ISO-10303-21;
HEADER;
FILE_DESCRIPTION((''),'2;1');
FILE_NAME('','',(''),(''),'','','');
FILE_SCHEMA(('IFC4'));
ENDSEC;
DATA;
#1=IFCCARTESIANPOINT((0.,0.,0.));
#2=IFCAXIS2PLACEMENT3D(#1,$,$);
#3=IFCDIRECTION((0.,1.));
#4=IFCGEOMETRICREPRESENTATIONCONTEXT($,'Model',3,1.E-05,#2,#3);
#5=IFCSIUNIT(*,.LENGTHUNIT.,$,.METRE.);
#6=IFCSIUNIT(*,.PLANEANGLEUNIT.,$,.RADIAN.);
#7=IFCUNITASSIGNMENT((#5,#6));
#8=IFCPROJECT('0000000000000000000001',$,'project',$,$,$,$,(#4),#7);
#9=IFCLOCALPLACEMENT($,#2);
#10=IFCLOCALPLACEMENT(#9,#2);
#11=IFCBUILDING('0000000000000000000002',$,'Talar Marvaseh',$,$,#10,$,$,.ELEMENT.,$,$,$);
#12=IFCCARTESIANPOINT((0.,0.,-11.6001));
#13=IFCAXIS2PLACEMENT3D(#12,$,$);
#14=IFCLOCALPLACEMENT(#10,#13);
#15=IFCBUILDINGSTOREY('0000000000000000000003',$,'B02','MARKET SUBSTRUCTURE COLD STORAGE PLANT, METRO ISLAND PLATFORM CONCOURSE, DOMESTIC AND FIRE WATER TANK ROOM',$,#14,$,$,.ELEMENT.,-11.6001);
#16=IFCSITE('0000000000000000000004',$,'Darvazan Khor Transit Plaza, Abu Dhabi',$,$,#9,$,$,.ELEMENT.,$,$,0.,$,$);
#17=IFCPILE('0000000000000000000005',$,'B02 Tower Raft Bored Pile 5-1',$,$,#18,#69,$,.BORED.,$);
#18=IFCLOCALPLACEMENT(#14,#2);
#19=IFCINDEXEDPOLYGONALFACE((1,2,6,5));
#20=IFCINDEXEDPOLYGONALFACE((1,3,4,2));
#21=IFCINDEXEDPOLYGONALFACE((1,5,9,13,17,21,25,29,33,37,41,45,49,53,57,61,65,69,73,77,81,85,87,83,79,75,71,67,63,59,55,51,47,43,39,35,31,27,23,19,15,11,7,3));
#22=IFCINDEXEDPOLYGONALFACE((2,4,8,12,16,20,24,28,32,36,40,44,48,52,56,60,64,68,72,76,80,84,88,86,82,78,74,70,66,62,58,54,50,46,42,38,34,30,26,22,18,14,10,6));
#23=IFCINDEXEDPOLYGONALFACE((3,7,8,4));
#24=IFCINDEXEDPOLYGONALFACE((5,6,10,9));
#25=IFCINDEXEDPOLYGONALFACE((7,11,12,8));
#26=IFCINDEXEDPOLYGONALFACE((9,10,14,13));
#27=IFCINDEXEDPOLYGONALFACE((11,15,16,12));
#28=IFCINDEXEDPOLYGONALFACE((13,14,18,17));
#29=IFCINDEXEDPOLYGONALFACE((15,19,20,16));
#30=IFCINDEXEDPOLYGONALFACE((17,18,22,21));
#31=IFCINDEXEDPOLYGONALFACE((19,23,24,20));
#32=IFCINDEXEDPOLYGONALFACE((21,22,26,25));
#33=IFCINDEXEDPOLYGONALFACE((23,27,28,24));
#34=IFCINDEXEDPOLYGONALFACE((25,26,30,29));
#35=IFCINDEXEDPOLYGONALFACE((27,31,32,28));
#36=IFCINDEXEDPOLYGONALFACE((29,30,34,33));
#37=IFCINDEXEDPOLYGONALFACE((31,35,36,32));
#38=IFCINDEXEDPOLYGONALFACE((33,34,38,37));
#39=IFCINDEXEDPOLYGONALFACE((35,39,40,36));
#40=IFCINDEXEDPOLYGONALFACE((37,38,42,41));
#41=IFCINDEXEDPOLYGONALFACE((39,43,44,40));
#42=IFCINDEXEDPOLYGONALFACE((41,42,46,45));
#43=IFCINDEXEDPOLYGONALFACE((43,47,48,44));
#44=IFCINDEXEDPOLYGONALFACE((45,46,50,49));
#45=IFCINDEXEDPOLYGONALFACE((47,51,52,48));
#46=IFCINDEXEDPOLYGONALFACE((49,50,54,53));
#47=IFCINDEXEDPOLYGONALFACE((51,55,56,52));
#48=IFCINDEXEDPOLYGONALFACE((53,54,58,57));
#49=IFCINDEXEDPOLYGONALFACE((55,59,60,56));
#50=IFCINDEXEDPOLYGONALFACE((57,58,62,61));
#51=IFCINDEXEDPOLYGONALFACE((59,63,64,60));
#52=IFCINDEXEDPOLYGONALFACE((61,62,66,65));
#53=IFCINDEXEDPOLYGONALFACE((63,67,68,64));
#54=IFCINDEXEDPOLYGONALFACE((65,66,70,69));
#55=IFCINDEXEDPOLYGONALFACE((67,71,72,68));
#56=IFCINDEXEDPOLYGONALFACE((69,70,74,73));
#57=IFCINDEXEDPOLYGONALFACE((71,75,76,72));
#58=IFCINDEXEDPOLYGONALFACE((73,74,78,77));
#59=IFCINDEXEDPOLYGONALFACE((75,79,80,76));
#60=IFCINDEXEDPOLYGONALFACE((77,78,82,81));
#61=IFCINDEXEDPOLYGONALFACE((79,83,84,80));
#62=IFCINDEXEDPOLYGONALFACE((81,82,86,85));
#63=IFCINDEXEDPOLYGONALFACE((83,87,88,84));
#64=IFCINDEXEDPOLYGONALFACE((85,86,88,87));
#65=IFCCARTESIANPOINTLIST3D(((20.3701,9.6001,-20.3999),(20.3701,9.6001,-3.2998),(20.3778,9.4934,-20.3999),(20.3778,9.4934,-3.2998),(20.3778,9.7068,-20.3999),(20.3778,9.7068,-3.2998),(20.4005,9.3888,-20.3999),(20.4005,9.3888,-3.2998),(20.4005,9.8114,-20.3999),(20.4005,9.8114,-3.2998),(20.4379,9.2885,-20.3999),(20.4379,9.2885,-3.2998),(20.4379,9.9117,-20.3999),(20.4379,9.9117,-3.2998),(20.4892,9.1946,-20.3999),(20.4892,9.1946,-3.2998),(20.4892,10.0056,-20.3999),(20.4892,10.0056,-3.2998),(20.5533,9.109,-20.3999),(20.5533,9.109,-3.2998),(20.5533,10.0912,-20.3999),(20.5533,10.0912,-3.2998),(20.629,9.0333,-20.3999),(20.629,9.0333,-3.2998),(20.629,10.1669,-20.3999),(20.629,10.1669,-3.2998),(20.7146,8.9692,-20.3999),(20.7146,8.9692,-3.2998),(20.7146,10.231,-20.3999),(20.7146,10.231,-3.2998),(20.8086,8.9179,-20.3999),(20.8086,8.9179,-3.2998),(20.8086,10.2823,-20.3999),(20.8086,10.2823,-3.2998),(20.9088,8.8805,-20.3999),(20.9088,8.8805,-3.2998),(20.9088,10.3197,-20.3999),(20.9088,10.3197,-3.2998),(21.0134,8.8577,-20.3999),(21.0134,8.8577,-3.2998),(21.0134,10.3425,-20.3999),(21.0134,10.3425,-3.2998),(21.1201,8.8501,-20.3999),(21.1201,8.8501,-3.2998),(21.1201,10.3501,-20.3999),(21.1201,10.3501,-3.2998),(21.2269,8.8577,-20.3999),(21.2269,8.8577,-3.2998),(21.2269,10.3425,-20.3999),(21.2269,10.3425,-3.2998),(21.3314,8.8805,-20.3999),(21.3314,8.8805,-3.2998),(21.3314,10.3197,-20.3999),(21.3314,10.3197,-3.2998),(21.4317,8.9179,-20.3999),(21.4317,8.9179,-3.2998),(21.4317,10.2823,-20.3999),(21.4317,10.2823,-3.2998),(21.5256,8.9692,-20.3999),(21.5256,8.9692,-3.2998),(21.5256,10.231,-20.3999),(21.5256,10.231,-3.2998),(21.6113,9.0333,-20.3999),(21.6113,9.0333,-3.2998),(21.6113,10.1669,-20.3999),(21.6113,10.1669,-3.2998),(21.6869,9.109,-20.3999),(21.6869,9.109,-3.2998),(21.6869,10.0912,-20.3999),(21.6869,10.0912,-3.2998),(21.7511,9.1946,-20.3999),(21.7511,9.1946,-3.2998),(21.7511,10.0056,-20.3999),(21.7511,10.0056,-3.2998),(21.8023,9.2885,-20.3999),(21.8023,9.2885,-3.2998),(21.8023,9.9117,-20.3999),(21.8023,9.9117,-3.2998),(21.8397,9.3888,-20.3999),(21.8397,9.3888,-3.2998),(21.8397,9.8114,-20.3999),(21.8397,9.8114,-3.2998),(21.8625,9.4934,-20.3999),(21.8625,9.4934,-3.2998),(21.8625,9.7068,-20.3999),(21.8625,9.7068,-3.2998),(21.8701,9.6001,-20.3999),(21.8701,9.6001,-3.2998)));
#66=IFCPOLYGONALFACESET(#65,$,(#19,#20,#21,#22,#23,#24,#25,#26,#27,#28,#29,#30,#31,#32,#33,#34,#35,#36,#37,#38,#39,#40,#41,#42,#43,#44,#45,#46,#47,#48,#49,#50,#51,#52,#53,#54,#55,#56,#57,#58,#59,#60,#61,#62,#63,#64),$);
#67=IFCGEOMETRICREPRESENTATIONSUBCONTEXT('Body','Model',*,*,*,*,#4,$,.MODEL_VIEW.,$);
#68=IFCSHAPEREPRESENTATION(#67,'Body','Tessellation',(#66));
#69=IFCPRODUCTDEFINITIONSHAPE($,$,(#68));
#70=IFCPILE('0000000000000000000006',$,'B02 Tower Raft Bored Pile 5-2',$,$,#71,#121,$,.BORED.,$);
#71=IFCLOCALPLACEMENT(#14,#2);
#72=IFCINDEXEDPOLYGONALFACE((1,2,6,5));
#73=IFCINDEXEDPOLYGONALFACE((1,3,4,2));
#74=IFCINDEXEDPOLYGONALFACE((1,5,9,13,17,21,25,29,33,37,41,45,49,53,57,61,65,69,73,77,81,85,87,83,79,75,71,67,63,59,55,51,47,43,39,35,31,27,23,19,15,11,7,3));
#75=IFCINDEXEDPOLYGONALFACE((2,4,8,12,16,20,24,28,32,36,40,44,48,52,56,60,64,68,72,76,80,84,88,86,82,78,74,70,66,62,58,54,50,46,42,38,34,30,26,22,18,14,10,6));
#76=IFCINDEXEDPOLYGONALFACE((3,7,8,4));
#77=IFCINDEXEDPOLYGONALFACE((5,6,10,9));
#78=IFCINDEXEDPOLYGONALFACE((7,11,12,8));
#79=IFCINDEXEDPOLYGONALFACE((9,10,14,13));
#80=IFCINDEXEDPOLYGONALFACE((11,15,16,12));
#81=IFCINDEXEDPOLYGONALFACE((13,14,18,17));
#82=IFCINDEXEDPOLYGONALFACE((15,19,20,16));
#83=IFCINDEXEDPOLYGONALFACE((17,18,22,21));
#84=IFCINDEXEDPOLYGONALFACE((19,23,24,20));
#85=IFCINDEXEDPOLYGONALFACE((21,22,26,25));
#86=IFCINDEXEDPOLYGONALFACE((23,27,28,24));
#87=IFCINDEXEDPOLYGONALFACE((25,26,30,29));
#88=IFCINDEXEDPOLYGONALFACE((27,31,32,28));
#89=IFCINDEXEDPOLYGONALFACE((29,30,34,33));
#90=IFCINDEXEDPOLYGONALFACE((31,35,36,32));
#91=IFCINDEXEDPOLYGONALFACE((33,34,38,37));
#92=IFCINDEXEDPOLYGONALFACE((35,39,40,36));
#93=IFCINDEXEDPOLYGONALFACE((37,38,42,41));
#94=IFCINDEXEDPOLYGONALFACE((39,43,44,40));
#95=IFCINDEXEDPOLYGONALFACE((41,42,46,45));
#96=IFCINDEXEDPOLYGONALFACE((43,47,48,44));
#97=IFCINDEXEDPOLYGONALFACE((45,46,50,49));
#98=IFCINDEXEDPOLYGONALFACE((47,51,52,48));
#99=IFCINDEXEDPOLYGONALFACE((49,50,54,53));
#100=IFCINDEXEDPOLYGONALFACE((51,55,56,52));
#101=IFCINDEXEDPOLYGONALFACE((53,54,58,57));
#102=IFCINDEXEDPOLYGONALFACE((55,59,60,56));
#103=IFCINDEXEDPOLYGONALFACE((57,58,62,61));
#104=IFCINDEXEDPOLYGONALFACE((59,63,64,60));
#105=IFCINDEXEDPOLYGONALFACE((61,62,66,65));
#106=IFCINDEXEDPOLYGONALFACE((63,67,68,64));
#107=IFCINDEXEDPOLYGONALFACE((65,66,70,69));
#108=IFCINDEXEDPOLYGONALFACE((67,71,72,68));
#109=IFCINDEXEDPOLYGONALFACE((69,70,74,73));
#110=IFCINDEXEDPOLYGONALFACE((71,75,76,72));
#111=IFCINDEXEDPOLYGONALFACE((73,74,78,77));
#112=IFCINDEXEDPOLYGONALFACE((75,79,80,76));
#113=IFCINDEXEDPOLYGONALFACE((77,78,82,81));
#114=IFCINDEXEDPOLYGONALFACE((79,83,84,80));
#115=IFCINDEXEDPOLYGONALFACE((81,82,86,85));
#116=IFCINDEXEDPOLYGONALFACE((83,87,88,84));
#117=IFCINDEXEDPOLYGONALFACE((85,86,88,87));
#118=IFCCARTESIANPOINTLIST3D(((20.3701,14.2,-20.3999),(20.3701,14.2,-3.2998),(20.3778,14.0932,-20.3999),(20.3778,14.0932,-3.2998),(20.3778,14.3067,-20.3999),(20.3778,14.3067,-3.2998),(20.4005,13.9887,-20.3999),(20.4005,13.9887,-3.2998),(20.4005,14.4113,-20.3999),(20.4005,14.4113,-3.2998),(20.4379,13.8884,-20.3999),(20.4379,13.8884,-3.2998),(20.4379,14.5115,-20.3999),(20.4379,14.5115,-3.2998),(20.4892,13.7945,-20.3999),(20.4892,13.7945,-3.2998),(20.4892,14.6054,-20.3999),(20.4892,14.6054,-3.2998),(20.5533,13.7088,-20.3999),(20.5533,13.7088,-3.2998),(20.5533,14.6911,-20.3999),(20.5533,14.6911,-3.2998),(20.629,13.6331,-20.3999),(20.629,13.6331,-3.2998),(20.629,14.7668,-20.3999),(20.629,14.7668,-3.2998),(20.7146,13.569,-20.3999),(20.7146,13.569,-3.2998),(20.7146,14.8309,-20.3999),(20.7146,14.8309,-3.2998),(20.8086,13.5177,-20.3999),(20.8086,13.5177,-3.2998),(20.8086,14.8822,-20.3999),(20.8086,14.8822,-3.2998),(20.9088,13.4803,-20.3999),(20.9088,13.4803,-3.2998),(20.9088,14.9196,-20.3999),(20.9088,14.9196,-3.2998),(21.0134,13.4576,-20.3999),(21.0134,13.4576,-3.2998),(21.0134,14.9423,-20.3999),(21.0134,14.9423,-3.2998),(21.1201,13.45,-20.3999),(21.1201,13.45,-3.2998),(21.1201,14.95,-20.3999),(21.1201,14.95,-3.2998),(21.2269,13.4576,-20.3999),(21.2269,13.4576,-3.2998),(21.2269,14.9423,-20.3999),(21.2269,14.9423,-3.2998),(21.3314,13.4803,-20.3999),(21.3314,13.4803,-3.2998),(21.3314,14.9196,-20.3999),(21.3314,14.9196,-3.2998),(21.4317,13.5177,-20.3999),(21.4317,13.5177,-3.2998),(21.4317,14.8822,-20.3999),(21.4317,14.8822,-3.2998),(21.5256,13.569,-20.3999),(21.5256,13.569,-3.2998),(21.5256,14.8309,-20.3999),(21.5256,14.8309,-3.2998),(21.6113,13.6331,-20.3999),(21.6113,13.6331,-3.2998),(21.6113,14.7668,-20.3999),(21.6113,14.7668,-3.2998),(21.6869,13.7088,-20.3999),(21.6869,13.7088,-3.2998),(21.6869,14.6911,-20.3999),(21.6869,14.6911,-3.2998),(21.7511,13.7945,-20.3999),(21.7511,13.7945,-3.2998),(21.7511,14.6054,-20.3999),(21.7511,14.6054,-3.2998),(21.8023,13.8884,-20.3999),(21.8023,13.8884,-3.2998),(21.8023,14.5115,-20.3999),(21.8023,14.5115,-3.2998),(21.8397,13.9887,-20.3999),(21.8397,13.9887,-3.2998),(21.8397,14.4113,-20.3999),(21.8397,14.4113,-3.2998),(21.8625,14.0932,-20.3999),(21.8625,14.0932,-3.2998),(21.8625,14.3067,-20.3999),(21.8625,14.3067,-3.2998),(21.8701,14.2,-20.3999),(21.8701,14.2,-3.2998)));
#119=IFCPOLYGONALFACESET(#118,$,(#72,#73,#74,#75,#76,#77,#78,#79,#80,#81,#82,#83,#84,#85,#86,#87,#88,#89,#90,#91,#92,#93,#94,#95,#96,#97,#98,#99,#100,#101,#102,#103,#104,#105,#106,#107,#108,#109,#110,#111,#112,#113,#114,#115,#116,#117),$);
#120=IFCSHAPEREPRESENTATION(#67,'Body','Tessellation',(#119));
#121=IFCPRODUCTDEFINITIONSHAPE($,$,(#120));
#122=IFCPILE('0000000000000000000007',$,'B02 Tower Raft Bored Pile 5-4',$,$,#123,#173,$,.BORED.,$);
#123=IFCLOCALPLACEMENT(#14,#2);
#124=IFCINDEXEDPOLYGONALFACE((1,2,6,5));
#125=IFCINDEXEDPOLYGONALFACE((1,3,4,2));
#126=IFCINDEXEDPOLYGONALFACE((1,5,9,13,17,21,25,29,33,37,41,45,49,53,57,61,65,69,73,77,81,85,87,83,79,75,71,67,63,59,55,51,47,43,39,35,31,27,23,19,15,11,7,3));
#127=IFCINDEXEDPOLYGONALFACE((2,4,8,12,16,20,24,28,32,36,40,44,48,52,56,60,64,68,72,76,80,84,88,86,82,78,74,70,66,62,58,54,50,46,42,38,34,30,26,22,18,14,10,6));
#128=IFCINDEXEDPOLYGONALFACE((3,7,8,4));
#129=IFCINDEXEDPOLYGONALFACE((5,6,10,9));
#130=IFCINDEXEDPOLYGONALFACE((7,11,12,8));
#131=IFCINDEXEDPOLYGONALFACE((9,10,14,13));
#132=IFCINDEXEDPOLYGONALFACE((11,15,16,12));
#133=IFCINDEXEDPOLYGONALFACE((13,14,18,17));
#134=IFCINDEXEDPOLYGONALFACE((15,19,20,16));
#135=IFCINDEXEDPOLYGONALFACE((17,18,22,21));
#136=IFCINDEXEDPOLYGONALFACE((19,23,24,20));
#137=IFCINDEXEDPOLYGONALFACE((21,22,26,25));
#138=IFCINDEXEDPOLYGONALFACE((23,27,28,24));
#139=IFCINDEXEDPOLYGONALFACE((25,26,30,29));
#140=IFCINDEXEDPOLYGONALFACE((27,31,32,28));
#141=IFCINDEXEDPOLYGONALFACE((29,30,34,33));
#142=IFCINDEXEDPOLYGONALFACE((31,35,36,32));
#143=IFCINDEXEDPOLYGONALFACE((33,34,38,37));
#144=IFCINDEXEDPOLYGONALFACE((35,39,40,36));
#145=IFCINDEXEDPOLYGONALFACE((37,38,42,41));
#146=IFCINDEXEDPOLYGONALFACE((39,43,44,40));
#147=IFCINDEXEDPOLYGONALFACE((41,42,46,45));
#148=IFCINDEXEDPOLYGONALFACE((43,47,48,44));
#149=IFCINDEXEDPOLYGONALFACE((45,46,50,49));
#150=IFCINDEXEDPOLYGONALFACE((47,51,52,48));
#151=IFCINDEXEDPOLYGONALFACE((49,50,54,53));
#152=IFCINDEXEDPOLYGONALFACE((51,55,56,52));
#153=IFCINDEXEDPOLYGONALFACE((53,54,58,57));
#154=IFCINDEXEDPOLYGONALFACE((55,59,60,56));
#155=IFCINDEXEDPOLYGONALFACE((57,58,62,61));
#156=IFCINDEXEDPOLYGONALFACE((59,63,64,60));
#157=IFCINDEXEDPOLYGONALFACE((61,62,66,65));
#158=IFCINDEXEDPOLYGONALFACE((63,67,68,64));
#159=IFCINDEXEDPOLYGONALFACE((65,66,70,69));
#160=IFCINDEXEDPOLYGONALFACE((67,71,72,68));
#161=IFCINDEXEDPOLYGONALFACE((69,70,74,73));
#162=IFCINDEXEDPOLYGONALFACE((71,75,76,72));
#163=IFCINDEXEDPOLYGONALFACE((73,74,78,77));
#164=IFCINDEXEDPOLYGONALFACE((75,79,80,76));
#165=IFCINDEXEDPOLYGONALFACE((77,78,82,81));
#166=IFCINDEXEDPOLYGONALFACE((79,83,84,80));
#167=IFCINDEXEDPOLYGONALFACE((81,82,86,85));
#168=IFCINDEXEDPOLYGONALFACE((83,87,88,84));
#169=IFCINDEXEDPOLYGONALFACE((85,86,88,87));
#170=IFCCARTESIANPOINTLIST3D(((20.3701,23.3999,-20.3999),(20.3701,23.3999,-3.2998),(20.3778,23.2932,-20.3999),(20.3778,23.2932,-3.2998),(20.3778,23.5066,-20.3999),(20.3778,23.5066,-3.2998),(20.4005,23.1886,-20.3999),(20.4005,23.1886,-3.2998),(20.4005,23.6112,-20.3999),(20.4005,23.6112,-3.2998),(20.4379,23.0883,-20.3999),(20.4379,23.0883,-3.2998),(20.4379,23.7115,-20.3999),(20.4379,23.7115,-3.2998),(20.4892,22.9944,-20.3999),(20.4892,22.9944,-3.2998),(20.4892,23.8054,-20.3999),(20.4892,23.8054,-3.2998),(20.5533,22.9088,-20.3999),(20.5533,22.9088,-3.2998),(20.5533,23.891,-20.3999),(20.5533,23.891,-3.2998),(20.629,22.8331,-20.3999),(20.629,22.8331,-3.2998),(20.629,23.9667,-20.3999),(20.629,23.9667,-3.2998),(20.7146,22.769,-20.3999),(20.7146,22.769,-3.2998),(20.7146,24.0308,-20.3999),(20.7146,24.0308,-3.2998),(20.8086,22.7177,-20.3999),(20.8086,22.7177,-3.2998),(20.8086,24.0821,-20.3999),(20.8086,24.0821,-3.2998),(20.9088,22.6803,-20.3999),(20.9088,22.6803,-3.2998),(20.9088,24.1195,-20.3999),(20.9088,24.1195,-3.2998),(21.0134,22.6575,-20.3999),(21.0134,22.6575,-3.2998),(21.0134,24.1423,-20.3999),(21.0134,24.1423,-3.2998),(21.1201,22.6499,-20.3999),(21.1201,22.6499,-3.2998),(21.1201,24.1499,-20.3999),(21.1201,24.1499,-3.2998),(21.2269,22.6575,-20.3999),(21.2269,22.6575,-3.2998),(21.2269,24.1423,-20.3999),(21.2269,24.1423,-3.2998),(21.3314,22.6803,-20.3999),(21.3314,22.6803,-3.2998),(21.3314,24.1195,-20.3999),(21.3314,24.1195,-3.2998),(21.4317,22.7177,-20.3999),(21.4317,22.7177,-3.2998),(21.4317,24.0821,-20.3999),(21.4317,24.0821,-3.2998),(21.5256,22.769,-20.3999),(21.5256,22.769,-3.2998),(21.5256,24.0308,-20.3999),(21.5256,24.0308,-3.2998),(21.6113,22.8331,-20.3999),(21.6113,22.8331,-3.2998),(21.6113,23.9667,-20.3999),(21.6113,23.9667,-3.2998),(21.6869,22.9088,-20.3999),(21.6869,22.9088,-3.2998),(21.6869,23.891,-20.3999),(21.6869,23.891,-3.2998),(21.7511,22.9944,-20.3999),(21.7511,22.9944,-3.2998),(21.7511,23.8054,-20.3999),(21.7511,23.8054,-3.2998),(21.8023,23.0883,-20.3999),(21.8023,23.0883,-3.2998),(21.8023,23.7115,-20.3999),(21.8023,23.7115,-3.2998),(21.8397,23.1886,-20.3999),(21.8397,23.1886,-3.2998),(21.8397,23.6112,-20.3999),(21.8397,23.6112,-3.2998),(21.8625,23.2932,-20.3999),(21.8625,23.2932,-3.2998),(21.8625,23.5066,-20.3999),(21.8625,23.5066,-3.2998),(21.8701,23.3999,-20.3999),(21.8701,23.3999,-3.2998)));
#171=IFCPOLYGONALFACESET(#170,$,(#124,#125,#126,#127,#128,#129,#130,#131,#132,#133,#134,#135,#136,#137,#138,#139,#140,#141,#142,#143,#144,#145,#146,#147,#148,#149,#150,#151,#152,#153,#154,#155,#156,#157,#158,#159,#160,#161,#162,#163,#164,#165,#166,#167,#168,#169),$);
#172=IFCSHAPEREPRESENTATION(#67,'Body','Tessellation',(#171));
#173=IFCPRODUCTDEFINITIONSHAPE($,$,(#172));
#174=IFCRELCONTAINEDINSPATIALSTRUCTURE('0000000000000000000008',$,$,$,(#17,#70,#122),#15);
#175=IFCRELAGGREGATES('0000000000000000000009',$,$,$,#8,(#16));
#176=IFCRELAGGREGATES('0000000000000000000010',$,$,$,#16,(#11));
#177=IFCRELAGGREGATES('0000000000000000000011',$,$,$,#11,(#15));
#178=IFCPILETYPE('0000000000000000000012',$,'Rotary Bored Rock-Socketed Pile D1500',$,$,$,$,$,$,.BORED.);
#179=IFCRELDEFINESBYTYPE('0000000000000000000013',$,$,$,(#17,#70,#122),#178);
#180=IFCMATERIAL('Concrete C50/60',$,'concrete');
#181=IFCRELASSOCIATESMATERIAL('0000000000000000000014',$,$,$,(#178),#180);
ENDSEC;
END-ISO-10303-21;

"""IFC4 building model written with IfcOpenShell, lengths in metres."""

from ifc_helpers import new_model, si_unit, direction, frame, origin, origin_2d, place, context, subcontext, project, spatial, circle, extrude, source, transform, mapped, material, material_profile, profile_set, type_object, type_shapes, element, save


model = new_model("IFC4")

# Units and contexts
model_context = context("Model", 3, precision=1e-05, world=origin(), true_north=direction((0.0, 1.0)))
body_context = subcontext(model_context, "Body", "Model", "MODEL_VIEW")
ifc_project = project(units=[si_unit("LENGTHUNIT", "METRE"), si_unit("PLANEANGLEUNIT", "RADIAN")], contexts=[model_context])

# Site, building, storey
site_placement = place(None, origin())
site = spatial("IfcSite", under=ifc_project, at=site_placement, Name="Darvazan Khor Transit Plaza, Abu Dhabi", CompositionType="ELEMENT", RefElevation=0.0)
building_placement = place(site_placement, origin())
building = spatial("IfcBuilding", under=site, at=building_placement, Name="Talar Marvaseh", CompositionType="ELEMENT")
storey_placement = place(building_placement, frame((0.0, 0.0, -11.6001)))
storey = spatial("IfcBuildingStorey", under=building, at=storey_placement, Name="B02", Description="MARKET SUBSTRUCTURE COLD STORAGE PLANT, METRO ISLAND PLATFORM CONCOURSE, DOMESTIC AND FIRE WATER TANK ROOM", CompositionType="ELEMENT", Elevation=-11.6001)

# Piles
ifc_material_1 = material(Name="Concrete C50/60", Category="concrete")
ifc_material_profile_1 = material_profile(ifc_material_1, circle(Radius=0.75, at=origin_2d()), Name="PILE-D1500")
ifc_profile_set_1 = profile_set([ifc_material_profile_1], Name="Concrete C50/60")
pile_type_1 = type_object("IfcPileType", Name="Rotary Bored Rock-Socketed Pile D1500", PredefinedType="BORED", material=ifc_profile_set_1)
shared_shape_1 = source(origin(), body_context, "Body", "SweptSolid", [
    extrude(circle(Radius=0.75, at=origin_2d()), origin(), (0.0, 0.0, 1.0), 17.1001),
])
type_shapes(pile_type_1, [shared_shape_1])
for number, where, z_axis, x_axis, name in (
    (1, (21.1201, 9.6001, -3.2998), (0.0, 0.0, -1.0), (1.0, 0.0, 0.0), "B02 Tower Raft Bored Pile 5-1"),
    (2, (21.1201, 14.2, -3.2998), (0.0, 0.0, -1.0), (1.0, 0.0, 0.0), "B02 Tower Raft Bored Pile 5-2"),
    (3, (21.1201, 23.3999, -3.2998), (0.0, 0.0, -1.0), (1.0, 0.0, 0.0), "B02 Tower Raft Bored Pile 5-4"),
):
    element("IfcPile", number, at=place(storey_placement, frame(where, z_axis=z_axis, x_axis=x_axis)), inside=storey, type_object=pile_type_1, Name=name, PredefinedType="BORED", context=body_context, shape_type="MappedRepresentation", body=[
        mapped(shared_shape_1, transform((0.0, 0.0, 0.0), x_axis=(1.0, 0.0, 0.0), y_axis=(0.0, 1.0, 0.0), z_axis=(0.0, 0.0, 1.0), scale=1.0)),
    ])

save(model, "model.ifc")
